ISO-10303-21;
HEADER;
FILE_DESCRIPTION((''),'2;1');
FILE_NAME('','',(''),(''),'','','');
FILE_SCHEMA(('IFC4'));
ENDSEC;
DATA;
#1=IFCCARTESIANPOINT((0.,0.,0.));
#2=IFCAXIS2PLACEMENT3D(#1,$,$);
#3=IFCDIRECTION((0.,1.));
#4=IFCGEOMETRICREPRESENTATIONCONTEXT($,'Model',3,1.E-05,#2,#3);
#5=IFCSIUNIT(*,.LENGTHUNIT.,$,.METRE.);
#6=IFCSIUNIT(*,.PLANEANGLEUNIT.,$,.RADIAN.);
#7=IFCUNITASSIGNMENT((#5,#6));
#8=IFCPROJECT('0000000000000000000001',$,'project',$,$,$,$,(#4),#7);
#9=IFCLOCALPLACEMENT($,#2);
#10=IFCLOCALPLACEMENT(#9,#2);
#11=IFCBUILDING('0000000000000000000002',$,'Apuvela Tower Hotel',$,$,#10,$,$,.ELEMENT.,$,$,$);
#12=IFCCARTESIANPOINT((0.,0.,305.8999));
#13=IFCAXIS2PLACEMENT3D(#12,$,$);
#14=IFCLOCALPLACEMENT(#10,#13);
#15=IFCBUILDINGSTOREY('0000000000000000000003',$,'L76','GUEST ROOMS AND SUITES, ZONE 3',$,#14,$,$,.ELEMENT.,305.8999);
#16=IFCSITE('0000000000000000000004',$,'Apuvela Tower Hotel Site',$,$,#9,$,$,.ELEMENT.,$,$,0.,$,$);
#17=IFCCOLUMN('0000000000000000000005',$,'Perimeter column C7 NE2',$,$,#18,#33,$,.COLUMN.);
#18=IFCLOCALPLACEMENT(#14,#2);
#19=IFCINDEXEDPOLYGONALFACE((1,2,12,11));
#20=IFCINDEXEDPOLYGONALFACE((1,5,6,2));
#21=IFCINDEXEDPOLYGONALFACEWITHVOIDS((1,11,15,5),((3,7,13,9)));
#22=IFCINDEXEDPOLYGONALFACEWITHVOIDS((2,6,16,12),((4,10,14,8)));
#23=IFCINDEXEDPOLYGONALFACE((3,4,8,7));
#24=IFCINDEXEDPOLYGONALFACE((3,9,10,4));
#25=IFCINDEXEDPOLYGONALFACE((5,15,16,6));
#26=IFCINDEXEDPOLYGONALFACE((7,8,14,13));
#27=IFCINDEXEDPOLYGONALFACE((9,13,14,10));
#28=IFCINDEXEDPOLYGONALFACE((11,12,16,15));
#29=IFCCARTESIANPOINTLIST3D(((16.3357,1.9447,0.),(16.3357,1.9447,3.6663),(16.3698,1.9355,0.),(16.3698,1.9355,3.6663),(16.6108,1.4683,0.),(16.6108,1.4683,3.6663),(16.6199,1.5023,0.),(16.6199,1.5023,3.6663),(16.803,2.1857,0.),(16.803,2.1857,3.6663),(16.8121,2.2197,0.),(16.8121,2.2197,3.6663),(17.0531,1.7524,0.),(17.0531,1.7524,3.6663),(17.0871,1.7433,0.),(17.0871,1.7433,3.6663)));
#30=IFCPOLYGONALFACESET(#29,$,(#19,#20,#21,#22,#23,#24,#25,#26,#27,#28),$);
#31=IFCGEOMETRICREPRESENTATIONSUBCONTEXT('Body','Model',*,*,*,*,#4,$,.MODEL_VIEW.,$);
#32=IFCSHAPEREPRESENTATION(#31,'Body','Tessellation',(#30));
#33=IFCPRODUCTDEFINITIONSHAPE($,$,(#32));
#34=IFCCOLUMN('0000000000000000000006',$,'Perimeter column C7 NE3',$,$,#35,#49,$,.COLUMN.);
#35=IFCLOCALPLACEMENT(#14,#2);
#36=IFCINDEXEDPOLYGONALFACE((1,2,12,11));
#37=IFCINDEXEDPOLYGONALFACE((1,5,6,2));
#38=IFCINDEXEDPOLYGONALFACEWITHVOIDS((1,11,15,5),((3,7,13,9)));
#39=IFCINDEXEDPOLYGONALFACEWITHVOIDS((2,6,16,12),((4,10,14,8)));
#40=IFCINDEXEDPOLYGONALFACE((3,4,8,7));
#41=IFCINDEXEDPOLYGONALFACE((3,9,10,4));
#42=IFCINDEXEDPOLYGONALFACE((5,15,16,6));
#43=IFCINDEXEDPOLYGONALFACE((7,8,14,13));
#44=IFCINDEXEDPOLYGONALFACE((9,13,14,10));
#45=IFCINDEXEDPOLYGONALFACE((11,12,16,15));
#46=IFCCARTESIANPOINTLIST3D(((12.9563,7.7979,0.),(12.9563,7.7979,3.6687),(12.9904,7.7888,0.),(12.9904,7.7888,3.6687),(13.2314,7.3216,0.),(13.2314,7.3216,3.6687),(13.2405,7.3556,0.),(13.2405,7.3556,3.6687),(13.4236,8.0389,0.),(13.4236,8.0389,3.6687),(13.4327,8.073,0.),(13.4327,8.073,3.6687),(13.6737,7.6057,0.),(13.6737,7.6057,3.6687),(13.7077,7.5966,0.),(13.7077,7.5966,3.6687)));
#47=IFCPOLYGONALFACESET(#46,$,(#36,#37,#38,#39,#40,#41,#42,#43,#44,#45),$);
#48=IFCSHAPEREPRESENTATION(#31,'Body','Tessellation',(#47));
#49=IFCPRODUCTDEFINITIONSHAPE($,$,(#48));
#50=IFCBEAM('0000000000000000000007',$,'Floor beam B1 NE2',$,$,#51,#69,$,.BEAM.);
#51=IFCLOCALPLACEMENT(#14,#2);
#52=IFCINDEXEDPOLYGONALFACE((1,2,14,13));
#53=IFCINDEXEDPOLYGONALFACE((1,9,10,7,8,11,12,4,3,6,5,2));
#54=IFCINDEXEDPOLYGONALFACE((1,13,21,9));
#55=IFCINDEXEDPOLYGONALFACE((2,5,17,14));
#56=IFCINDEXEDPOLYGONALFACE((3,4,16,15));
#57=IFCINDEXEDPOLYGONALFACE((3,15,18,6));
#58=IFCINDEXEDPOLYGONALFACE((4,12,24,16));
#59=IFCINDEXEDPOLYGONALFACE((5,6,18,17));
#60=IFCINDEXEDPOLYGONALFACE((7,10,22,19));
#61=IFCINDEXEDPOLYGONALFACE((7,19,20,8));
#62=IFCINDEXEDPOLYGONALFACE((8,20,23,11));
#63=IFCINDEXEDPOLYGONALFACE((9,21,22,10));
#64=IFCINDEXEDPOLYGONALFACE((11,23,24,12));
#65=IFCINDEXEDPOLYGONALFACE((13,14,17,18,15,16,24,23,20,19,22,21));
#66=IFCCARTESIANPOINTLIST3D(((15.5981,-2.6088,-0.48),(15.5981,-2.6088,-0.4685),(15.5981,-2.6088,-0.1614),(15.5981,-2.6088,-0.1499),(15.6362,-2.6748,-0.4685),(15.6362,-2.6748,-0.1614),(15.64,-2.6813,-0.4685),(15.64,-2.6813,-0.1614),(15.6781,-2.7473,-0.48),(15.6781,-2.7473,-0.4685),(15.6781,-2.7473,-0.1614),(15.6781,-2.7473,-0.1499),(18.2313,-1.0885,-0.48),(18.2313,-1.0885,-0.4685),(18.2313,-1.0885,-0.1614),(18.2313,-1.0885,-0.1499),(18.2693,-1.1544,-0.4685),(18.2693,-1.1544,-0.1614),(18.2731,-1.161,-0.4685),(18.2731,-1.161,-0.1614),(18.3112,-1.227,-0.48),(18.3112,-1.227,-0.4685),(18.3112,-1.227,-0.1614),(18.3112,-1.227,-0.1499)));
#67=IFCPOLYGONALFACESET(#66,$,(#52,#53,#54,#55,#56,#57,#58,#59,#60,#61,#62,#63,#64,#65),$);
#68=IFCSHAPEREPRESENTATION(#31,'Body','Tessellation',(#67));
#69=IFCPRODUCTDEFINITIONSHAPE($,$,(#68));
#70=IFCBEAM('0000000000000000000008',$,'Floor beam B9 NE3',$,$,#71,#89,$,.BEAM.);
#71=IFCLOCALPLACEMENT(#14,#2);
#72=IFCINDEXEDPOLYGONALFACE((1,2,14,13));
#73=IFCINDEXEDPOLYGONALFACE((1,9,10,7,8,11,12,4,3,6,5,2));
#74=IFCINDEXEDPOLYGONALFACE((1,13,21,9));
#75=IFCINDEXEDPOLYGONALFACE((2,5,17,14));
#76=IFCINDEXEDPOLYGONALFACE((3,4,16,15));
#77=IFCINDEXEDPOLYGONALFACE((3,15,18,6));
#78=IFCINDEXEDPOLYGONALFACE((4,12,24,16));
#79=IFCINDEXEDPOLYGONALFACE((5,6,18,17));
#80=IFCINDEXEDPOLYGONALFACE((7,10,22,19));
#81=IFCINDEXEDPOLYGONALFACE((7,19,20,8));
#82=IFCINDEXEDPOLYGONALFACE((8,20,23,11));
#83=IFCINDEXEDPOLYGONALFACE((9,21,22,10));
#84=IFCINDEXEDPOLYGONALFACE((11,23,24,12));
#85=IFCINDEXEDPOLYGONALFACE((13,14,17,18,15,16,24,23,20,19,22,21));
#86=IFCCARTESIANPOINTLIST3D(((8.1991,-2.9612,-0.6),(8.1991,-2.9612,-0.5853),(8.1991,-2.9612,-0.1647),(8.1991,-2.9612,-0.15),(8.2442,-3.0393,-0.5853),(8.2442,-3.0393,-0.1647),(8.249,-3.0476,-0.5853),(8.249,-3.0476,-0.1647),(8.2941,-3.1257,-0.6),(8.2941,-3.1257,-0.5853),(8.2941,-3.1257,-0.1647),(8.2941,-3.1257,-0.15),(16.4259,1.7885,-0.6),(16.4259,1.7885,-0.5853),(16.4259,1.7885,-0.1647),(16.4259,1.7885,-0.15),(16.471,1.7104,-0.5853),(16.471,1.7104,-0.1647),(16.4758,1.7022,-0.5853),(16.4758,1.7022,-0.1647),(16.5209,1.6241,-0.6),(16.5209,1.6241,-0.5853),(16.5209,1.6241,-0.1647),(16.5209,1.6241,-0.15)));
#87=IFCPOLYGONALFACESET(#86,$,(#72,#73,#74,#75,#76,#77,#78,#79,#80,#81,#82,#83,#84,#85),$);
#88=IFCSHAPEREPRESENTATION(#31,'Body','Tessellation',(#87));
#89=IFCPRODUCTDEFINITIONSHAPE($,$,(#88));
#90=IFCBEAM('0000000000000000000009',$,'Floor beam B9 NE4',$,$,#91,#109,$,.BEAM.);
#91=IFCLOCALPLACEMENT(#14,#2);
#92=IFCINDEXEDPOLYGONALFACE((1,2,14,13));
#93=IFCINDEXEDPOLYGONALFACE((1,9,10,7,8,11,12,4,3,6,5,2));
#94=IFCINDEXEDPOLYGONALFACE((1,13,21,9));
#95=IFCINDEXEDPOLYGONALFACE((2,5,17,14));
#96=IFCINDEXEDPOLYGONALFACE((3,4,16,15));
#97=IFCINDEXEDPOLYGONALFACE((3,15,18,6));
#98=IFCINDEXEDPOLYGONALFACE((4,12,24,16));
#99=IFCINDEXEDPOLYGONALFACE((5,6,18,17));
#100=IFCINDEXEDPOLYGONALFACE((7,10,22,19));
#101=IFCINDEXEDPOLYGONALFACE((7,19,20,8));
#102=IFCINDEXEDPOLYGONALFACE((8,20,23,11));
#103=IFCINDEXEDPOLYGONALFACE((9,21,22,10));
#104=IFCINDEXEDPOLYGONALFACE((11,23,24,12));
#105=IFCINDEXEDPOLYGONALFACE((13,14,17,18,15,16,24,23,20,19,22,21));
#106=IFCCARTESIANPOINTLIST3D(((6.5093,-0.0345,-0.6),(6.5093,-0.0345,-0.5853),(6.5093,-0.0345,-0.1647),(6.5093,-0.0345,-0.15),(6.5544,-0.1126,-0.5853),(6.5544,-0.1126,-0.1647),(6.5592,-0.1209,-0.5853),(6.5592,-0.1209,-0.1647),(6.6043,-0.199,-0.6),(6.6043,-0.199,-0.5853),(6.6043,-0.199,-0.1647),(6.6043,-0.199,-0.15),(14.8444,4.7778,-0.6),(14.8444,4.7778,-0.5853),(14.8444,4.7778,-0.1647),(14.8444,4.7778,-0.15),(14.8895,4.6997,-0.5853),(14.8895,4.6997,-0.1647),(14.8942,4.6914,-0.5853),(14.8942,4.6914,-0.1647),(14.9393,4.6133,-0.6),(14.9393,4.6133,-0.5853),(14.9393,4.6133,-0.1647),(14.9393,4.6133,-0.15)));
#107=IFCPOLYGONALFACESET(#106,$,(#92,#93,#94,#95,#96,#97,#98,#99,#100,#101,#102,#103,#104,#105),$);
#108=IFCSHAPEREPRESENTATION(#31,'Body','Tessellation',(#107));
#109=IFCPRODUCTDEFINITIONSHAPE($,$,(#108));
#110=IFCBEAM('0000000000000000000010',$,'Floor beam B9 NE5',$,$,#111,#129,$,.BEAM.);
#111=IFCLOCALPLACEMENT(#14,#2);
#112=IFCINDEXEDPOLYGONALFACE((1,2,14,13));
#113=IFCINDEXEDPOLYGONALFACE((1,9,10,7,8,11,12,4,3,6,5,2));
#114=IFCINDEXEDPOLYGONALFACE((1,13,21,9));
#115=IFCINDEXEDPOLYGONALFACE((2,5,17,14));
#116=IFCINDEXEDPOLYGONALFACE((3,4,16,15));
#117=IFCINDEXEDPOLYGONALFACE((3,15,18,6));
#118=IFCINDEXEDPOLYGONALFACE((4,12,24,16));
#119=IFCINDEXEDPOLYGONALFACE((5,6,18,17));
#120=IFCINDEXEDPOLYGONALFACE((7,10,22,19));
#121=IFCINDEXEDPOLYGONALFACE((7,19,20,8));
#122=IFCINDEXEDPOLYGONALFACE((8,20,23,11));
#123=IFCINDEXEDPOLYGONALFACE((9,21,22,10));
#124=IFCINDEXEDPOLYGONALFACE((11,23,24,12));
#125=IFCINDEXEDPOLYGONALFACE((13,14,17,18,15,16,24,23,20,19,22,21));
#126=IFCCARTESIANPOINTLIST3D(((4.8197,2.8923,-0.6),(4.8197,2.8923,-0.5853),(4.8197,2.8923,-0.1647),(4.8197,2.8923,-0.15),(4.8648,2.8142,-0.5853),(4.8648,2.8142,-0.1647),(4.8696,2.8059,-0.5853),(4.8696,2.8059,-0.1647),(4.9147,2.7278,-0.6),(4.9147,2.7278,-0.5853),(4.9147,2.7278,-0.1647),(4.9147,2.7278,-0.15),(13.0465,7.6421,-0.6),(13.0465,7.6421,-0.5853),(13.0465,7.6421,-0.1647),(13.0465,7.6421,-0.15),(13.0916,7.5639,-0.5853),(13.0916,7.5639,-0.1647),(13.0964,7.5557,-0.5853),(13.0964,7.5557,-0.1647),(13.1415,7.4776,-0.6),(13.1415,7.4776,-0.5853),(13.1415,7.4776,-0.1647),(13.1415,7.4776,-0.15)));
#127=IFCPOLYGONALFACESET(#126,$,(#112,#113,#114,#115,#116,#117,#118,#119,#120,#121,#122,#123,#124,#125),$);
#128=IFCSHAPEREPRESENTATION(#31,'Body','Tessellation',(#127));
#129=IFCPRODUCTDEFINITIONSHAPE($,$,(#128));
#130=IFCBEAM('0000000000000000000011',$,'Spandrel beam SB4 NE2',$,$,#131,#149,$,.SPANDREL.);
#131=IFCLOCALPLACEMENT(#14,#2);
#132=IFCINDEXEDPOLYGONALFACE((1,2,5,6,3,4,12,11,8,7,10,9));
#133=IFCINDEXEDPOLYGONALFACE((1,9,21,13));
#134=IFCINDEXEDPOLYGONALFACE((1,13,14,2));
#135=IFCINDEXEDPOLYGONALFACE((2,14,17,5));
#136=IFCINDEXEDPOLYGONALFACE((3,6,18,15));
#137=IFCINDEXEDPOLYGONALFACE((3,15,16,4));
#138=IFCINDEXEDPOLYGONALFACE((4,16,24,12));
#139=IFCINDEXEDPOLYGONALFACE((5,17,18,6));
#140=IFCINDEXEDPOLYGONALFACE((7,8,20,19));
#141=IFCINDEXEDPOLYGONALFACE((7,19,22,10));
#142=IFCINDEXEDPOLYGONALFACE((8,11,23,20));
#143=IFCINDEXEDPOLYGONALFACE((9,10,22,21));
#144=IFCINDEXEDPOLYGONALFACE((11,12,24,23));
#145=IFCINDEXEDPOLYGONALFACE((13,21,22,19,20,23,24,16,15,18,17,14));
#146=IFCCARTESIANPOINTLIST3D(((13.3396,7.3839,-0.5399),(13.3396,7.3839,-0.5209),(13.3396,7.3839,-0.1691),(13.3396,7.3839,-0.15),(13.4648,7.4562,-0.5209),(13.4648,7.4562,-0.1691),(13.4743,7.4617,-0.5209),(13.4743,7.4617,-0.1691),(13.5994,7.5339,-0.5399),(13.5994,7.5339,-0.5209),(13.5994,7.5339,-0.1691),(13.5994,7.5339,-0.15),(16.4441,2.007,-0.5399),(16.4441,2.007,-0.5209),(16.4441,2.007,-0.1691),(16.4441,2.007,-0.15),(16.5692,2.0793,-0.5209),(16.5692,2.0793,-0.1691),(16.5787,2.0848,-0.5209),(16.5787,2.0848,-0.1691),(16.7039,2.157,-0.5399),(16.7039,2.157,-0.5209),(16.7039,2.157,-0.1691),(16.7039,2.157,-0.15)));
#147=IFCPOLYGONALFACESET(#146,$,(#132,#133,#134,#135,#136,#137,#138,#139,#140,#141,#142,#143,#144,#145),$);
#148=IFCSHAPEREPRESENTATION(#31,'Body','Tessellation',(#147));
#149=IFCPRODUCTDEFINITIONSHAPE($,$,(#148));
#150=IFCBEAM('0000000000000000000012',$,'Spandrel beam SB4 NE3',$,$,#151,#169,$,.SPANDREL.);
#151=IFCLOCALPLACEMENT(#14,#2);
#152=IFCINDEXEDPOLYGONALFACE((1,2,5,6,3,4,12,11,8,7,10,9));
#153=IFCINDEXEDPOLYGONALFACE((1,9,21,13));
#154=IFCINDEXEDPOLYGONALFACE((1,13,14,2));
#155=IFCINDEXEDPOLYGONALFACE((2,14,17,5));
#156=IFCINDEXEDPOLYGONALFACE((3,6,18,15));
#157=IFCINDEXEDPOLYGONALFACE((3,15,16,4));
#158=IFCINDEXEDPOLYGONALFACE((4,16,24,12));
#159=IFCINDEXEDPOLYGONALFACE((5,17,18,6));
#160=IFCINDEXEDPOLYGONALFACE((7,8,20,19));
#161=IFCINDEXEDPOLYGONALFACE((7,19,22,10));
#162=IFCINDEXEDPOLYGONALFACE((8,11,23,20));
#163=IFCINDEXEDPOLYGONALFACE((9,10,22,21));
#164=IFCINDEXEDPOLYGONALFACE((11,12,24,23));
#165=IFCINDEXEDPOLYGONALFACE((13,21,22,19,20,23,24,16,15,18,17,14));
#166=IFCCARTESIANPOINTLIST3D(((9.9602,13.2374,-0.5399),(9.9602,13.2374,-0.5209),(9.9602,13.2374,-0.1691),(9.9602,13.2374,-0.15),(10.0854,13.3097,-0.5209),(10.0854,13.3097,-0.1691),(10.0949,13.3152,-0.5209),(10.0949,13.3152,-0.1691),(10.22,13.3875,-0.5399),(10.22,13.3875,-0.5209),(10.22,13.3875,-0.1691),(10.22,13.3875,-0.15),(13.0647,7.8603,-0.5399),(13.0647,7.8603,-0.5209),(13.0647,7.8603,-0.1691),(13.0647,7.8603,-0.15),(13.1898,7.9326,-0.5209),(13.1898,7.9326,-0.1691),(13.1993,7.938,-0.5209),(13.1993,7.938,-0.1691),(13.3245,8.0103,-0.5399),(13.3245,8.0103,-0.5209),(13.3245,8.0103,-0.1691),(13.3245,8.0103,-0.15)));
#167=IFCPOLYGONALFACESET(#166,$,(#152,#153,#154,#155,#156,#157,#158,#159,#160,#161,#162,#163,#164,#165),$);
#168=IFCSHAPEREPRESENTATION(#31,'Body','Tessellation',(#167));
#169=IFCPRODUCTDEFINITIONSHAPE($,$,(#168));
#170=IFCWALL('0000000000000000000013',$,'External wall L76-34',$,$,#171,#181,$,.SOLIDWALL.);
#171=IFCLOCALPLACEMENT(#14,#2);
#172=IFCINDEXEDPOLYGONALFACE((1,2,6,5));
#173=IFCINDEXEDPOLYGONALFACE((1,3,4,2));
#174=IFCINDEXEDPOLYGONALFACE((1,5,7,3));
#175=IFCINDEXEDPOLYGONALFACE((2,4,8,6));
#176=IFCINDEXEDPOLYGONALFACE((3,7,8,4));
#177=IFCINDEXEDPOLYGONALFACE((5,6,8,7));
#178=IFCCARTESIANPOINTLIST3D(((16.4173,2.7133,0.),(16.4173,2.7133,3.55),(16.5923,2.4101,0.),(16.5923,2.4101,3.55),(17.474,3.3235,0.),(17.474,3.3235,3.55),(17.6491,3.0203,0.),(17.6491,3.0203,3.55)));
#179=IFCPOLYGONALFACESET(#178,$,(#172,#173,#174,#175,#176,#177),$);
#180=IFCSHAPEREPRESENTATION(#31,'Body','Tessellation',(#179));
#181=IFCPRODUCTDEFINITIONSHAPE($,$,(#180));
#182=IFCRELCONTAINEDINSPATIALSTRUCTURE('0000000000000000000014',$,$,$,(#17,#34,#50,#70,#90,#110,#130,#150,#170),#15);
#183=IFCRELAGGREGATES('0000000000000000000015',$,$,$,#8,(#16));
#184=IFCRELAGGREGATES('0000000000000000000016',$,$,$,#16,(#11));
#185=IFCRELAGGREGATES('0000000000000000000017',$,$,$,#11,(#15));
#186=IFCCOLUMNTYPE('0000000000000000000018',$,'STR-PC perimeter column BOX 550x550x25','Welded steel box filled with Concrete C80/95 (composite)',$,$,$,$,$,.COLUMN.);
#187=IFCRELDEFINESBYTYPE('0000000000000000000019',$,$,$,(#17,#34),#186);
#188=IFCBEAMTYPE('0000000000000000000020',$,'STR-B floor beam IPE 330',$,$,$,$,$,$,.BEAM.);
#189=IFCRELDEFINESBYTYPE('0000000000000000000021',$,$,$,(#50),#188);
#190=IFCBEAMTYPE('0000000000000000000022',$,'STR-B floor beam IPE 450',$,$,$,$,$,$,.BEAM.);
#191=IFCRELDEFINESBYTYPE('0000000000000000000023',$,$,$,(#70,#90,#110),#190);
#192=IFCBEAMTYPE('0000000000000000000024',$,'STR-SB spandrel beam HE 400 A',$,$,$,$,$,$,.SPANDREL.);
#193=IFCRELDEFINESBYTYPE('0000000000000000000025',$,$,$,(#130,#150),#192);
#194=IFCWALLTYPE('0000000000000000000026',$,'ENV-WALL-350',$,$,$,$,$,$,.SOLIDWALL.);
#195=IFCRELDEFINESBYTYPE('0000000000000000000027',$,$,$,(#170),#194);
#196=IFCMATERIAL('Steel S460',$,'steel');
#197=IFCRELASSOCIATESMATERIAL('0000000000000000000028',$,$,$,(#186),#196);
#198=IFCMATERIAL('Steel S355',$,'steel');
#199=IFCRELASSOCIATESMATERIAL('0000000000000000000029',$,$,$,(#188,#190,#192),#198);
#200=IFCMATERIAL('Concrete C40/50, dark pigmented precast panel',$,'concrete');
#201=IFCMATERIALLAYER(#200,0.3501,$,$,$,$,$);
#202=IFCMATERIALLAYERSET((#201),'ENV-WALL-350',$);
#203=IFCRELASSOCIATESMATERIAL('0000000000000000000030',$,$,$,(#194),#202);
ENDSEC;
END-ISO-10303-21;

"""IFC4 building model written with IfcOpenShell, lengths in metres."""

from ifc_helpers import new_model, si_unit, direction, frame, frame_2d, origin, origin_2d, place, context, subcontext, project, spatial, rectangle, hollow_rectangle, i_section, extrude, boolean, halfspace, material, layer, layer_set, material_profile, profile_set, type_object, element, save


model = new_model("IFC4")

# Units and contexts
model_context = context("Model", 3, precision=1e-05, world=origin(), true_north=direction((0.0, 1.0)))
body_context = subcontext(model_context, "Body", "Model", "MODEL_VIEW")
ifc_project = project(units=[si_unit("LENGTHUNIT", "METRE"), si_unit("PLANEANGLEUNIT", "RADIAN")], contexts=[model_context])

# Site, building, storey
site_placement = place(None, origin())
site = spatial("IfcSite", under=ifc_project, at=site_placement, Name="Apuvela Tower Hotel Site", CompositionType="ELEMENT", RefElevation=0.0)
building_placement = place(site_placement, origin())
building = spatial("IfcBuilding", under=site, at=building_placement, Name="Apuvela Tower Hotel", CompositionType="ELEMENT")
storey_placement = place(building_placement, frame((0.0, 0.0, 305.8999)))
storey = spatial("IfcBuildingStorey", under=building, at=storey_placement, Name="L76", Description="GUEST ROOMS AND SUITES, ZONE 3", CompositionType="ELEMENT", Elevation=305.8999)

# Columns
ifc_material_1 = material(Name="Steel S460", Category="steel")
ifc_material_profile_1 = material_profile(ifc_material_1, hollow_rectangle(XDim=0.55, YDim=0.55, WallThickness=0.0249, at=origin_2d()), Name="BOX 550x550x25")
ifc_material_2 = material(Name="Concrete C80/95", Category="concrete")
ifc_material_profile_2 = material_profile(ifc_material_2, rectangle(XDim=0.5, YDim=0.5, at=origin_2d()), Name="Concrete C80/95 infill")
ifc_profile_set_1 = profile_set([ifc_material_profile_1, ifc_material_profile_2], Name="Steel S460")
column_type = type_object("IfcColumnType", Name="STR-PC perimeter column BOX 550x550x25", Description="Welded steel box filled with Concrete C80/95 (composite)", PredefinedType="COLUMN", material=ifc_profile_set_1)
column_1_placement = place(storey_placement, frame((16.7114, 1.844, 0.0), z_axis=(0.0, 0.0, 1.0), x_axis=(-0.5, 0.866025, 0.0)))
element("IfcColumn", 1, at=column_1_placement, inside=storey, type_object=column_type, Name="Perimeter column C7 NE2", PredefinedType="COLUMN", context=body_context, shape_type="SweptSolid", body=[
    boolean("DIFFERENCE", extrude(hollow_rectangle(XDim=0.55, YDim=0.55, WallThickness=0.0249, at=origin_2d()), origin(), (0.0, 0.0, 1.0), 3.7002), halfspace(frame((0.0, 0.0, 3.6663), z_axis=(0.0, 0.0, 1.0), x_axis=(1.0, 0.0, 0.0)), False)),
])
column_2_placement = place(storey_placement, frame((13.332, 7.6973, 0.0), z_axis=(0.0, 0.0, 1.0), x_axis=(-0.5, 0.866025, 0.0)))
element("IfcColumn", 2, at=column_2_placement, inside=storey, type_object=column_type, Name="Perimeter column C7 NE3", PredefinedType="COLUMN", context=body_context, shape_type="SweptSolid", body=[
    boolean("DIFFERENCE", extrude(hollow_rectangle(XDim=0.55, YDim=0.55, WallThickness=0.0249, at=origin_2d()), origin(), (0.0, 0.0, 1.0), 3.7002), halfspace(frame((0.0, 0.0, 3.6687), z_axis=(0.0, 0.0, 1.0), x_axis=(1.0, 0.0, 0.0)), False)),
])

# Beams
ifc_material_3 = material(Name="Steel S355", Category="steel")
ifc_material_profile_3 = material_profile(ifc_material_3, i_section(OverallWidth=0.1599, OverallDepth=0.3301, WebThickness=0.0076, FlangeThickness=0.0115, at=origin_2d()), Name="IPE 330")
ifc_profile_set_2 = profile_set([ifc_material_profile_3], Name="Steel S355")
beam_type_1 = type_object("IfcBeamType", Name="STR-B floor beam IPE 330", PredefinedType="BEAM", material=ifc_profile_set_2)
beam_1_placement = place(storey_placement, frame((18.2712, -1.1577, -0.3149), z_axis=(-0.866016, -0.500017, 0.0), x_axis=(0.500017, -0.866016, 0.0)))
element("IfcBeam", 3, at=beam_1_placement, inside=storey, type_object=beam_type_1, Name="Floor beam B1 NE2", PredefinedType="BEAM", context=body_context, shape_type="SweptSolid", body=[
    extrude(i_section(OverallWidth=0.1599, OverallDepth=0.3301, WebThickness=0.0076, FlangeThickness=0.0115, at=origin_2d()), origin(), (0.0, 0.0, 1.0), 3.0405),
])
ifc_material_profile_4 = material_profile(ifc_material_3, i_section(OverallWidth=0.1899, OverallDepth=0.45, WebThickness=0.0095, FlangeThickness=0.0146, at=origin_2d()), Name="IPE 450")
ifc_profile_set_3 = profile_set([ifc_material_profile_4], Name="Steel S355")
beam_type_2 = type_object("IfcBeamType", Name="STR-B floor beam IPE 450", PredefinedType="BEAM", material=ifc_profile_set_3)
beam_2_placement = place(storey_placement, frame((16.4734, 1.7063, -0.375), z_axis=(-0.866025, -0.500001, 0.0), x_axis=(0.500001, -0.866025, 0.0)))
element("IfcBeam", 4, at=beam_2_placement, inside=storey, type_object=beam_type_2, Name="Floor beam B9 NE3", PredefinedType="BEAM", context=body_context, shape_type="SweptSolid", body=[
    extrude(i_section(OverallWidth=0.1899, OverallDepth=0.45, WebThickness=0.0095, FlangeThickness=0.0146, at=origin_2d()), origin(), (0.0, 0.0, 1.0), 9.4995),
])
beam_3_placement = place(storey_placement, frame((14.8918, 4.6956, -0.375), z_axis=(-0.866023, -0.500005, 0.0), x_axis=(0.500005, -0.866023, 0.0)))
element("IfcBeam", 5, at=beam_3_placement, inside=storey, type_object=beam_type_2, Name="Floor beam B9 NE4", PredefinedType="BEAM", context=body_context, shape_type="SweptSolid", body=[
    extrude(i_section(OverallWidth=0.1899, OverallDepth=0.45, WebThickness=0.0095, FlangeThickness=0.0146, at=origin_2d()), origin(), (0.0, 0.0, 1.0), 9.6245),
])
beam_4_placement = place(storey_placement, frame((13.094, 7.5598, -0.375), z_axis=(-0.866025, -0.500001, 0.0), x_axis=(0.500001, -0.866025, 0.0)))
element("IfcBeam", 6, at=beam_4_placement, inside=storey, type_object=beam_type_2, Name="Floor beam B9 NE5", PredefinedType="BEAM", context=body_context, shape_type="SweptSolid", body=[
    extrude(i_section(OverallWidth=0.1899, OverallDepth=0.45, WebThickness=0.0095, FlangeThickness=0.0146, at=origin_2d()), origin(), (0.0, 0.0, 1.0), 9.4995),
])
ifc_material_profile_5 = material_profile(ifc_material_3, i_section(OverallWidth=0.3, OverallDepth=0.3899, WebThickness=0.011, FlangeThickness=0.019, at=origin_2d()), Name="HE 400 A")
ifc_profile_set_4 = profile_set([ifc_material_profile_5], Name="Steel S355")
beam_type_3 = type_object("IfcBeamType", Name="STR-SB spandrel beam HE 400 A", PredefinedType="SPANDREL", material=ifc_profile_set_4)
beam_5_placement = place(storey_placement, frame((16.574, 2.082, -0.345), z_axis=(-0.500013, 0.866018, 0.0), x_axis=(-0.866018, -0.500013, 0.0)))
element("IfcBeam", 7, at=beam_5_placement, inside=storey, type_object=beam_type_3, Name="Spandrel beam SB4 NE2", PredefinedType="SPANDREL", context=body_context, shape_type="SweptSolid", body=[
    extrude(i_section(OverallWidth=0.3, OverallDepth=0.3899, WebThickness=0.011, FlangeThickness=0.019, at=origin_2d()), origin(), (0.0, 0.0, 1.0), 6.2087),
])
beam_6_placement = place(storey_placement, frame((13.1946, 7.9353, -0.345), z_axis=(-0.499996, 0.866028, 0.0), x_axis=(-0.866028, -0.499996, 0.0)))
element("IfcBeam", 8, at=beam_6_placement, inside=storey, type_object=beam_type_3, Name="Spandrel beam SB4 NE3", PredefinedType="SPANDREL", context=body_context, shape_type="SweptSolid", body=[
    extrude(i_section(OverallWidth=0.3, OverallDepth=0.3899, WebThickness=0.011, FlangeThickness=0.019, at=origin_2d()), origin(), (0.0, 0.0, 1.0), 6.209),
])

# Wall
ifc_material_4 = material(Name="Concrete C40/50, dark pigmented precast panel", Category="concrete")
ifc_layer_1 = layer(ifc_material_4, 0.3501)
ifc_layer_set_1 = layer_set([ifc_layer_1], Name="ENV-WALL-350")
wall_type_1 = type_object("IfcWallType", Name="ENV-WALL-350", PredefinedType="SOLIDWALL", material=ifc_layer_set_1)
wall_1_placement = place(storey_placement, frame((17.5615, 3.1719, 0.0), z_axis=(0.0, 0.0, 1.0), x_axis=(-0.866006, -0.500034, 0.0)))
element("IfcWall", 9, at=wall_1_placement, inside=storey, type_object=wall_type_1, Name="External wall L76-34", PredefinedType="SOLIDWALL", context=body_context, shape_type="SweptSolid", body=[
    extrude(rectangle(XDim=1.2202, YDim=0.3501, at=frame_2d((0.6101, 0.0))), origin(), (0.0, 0.0, 1.0), 3.55),
])

save(model, "model.ifc")
